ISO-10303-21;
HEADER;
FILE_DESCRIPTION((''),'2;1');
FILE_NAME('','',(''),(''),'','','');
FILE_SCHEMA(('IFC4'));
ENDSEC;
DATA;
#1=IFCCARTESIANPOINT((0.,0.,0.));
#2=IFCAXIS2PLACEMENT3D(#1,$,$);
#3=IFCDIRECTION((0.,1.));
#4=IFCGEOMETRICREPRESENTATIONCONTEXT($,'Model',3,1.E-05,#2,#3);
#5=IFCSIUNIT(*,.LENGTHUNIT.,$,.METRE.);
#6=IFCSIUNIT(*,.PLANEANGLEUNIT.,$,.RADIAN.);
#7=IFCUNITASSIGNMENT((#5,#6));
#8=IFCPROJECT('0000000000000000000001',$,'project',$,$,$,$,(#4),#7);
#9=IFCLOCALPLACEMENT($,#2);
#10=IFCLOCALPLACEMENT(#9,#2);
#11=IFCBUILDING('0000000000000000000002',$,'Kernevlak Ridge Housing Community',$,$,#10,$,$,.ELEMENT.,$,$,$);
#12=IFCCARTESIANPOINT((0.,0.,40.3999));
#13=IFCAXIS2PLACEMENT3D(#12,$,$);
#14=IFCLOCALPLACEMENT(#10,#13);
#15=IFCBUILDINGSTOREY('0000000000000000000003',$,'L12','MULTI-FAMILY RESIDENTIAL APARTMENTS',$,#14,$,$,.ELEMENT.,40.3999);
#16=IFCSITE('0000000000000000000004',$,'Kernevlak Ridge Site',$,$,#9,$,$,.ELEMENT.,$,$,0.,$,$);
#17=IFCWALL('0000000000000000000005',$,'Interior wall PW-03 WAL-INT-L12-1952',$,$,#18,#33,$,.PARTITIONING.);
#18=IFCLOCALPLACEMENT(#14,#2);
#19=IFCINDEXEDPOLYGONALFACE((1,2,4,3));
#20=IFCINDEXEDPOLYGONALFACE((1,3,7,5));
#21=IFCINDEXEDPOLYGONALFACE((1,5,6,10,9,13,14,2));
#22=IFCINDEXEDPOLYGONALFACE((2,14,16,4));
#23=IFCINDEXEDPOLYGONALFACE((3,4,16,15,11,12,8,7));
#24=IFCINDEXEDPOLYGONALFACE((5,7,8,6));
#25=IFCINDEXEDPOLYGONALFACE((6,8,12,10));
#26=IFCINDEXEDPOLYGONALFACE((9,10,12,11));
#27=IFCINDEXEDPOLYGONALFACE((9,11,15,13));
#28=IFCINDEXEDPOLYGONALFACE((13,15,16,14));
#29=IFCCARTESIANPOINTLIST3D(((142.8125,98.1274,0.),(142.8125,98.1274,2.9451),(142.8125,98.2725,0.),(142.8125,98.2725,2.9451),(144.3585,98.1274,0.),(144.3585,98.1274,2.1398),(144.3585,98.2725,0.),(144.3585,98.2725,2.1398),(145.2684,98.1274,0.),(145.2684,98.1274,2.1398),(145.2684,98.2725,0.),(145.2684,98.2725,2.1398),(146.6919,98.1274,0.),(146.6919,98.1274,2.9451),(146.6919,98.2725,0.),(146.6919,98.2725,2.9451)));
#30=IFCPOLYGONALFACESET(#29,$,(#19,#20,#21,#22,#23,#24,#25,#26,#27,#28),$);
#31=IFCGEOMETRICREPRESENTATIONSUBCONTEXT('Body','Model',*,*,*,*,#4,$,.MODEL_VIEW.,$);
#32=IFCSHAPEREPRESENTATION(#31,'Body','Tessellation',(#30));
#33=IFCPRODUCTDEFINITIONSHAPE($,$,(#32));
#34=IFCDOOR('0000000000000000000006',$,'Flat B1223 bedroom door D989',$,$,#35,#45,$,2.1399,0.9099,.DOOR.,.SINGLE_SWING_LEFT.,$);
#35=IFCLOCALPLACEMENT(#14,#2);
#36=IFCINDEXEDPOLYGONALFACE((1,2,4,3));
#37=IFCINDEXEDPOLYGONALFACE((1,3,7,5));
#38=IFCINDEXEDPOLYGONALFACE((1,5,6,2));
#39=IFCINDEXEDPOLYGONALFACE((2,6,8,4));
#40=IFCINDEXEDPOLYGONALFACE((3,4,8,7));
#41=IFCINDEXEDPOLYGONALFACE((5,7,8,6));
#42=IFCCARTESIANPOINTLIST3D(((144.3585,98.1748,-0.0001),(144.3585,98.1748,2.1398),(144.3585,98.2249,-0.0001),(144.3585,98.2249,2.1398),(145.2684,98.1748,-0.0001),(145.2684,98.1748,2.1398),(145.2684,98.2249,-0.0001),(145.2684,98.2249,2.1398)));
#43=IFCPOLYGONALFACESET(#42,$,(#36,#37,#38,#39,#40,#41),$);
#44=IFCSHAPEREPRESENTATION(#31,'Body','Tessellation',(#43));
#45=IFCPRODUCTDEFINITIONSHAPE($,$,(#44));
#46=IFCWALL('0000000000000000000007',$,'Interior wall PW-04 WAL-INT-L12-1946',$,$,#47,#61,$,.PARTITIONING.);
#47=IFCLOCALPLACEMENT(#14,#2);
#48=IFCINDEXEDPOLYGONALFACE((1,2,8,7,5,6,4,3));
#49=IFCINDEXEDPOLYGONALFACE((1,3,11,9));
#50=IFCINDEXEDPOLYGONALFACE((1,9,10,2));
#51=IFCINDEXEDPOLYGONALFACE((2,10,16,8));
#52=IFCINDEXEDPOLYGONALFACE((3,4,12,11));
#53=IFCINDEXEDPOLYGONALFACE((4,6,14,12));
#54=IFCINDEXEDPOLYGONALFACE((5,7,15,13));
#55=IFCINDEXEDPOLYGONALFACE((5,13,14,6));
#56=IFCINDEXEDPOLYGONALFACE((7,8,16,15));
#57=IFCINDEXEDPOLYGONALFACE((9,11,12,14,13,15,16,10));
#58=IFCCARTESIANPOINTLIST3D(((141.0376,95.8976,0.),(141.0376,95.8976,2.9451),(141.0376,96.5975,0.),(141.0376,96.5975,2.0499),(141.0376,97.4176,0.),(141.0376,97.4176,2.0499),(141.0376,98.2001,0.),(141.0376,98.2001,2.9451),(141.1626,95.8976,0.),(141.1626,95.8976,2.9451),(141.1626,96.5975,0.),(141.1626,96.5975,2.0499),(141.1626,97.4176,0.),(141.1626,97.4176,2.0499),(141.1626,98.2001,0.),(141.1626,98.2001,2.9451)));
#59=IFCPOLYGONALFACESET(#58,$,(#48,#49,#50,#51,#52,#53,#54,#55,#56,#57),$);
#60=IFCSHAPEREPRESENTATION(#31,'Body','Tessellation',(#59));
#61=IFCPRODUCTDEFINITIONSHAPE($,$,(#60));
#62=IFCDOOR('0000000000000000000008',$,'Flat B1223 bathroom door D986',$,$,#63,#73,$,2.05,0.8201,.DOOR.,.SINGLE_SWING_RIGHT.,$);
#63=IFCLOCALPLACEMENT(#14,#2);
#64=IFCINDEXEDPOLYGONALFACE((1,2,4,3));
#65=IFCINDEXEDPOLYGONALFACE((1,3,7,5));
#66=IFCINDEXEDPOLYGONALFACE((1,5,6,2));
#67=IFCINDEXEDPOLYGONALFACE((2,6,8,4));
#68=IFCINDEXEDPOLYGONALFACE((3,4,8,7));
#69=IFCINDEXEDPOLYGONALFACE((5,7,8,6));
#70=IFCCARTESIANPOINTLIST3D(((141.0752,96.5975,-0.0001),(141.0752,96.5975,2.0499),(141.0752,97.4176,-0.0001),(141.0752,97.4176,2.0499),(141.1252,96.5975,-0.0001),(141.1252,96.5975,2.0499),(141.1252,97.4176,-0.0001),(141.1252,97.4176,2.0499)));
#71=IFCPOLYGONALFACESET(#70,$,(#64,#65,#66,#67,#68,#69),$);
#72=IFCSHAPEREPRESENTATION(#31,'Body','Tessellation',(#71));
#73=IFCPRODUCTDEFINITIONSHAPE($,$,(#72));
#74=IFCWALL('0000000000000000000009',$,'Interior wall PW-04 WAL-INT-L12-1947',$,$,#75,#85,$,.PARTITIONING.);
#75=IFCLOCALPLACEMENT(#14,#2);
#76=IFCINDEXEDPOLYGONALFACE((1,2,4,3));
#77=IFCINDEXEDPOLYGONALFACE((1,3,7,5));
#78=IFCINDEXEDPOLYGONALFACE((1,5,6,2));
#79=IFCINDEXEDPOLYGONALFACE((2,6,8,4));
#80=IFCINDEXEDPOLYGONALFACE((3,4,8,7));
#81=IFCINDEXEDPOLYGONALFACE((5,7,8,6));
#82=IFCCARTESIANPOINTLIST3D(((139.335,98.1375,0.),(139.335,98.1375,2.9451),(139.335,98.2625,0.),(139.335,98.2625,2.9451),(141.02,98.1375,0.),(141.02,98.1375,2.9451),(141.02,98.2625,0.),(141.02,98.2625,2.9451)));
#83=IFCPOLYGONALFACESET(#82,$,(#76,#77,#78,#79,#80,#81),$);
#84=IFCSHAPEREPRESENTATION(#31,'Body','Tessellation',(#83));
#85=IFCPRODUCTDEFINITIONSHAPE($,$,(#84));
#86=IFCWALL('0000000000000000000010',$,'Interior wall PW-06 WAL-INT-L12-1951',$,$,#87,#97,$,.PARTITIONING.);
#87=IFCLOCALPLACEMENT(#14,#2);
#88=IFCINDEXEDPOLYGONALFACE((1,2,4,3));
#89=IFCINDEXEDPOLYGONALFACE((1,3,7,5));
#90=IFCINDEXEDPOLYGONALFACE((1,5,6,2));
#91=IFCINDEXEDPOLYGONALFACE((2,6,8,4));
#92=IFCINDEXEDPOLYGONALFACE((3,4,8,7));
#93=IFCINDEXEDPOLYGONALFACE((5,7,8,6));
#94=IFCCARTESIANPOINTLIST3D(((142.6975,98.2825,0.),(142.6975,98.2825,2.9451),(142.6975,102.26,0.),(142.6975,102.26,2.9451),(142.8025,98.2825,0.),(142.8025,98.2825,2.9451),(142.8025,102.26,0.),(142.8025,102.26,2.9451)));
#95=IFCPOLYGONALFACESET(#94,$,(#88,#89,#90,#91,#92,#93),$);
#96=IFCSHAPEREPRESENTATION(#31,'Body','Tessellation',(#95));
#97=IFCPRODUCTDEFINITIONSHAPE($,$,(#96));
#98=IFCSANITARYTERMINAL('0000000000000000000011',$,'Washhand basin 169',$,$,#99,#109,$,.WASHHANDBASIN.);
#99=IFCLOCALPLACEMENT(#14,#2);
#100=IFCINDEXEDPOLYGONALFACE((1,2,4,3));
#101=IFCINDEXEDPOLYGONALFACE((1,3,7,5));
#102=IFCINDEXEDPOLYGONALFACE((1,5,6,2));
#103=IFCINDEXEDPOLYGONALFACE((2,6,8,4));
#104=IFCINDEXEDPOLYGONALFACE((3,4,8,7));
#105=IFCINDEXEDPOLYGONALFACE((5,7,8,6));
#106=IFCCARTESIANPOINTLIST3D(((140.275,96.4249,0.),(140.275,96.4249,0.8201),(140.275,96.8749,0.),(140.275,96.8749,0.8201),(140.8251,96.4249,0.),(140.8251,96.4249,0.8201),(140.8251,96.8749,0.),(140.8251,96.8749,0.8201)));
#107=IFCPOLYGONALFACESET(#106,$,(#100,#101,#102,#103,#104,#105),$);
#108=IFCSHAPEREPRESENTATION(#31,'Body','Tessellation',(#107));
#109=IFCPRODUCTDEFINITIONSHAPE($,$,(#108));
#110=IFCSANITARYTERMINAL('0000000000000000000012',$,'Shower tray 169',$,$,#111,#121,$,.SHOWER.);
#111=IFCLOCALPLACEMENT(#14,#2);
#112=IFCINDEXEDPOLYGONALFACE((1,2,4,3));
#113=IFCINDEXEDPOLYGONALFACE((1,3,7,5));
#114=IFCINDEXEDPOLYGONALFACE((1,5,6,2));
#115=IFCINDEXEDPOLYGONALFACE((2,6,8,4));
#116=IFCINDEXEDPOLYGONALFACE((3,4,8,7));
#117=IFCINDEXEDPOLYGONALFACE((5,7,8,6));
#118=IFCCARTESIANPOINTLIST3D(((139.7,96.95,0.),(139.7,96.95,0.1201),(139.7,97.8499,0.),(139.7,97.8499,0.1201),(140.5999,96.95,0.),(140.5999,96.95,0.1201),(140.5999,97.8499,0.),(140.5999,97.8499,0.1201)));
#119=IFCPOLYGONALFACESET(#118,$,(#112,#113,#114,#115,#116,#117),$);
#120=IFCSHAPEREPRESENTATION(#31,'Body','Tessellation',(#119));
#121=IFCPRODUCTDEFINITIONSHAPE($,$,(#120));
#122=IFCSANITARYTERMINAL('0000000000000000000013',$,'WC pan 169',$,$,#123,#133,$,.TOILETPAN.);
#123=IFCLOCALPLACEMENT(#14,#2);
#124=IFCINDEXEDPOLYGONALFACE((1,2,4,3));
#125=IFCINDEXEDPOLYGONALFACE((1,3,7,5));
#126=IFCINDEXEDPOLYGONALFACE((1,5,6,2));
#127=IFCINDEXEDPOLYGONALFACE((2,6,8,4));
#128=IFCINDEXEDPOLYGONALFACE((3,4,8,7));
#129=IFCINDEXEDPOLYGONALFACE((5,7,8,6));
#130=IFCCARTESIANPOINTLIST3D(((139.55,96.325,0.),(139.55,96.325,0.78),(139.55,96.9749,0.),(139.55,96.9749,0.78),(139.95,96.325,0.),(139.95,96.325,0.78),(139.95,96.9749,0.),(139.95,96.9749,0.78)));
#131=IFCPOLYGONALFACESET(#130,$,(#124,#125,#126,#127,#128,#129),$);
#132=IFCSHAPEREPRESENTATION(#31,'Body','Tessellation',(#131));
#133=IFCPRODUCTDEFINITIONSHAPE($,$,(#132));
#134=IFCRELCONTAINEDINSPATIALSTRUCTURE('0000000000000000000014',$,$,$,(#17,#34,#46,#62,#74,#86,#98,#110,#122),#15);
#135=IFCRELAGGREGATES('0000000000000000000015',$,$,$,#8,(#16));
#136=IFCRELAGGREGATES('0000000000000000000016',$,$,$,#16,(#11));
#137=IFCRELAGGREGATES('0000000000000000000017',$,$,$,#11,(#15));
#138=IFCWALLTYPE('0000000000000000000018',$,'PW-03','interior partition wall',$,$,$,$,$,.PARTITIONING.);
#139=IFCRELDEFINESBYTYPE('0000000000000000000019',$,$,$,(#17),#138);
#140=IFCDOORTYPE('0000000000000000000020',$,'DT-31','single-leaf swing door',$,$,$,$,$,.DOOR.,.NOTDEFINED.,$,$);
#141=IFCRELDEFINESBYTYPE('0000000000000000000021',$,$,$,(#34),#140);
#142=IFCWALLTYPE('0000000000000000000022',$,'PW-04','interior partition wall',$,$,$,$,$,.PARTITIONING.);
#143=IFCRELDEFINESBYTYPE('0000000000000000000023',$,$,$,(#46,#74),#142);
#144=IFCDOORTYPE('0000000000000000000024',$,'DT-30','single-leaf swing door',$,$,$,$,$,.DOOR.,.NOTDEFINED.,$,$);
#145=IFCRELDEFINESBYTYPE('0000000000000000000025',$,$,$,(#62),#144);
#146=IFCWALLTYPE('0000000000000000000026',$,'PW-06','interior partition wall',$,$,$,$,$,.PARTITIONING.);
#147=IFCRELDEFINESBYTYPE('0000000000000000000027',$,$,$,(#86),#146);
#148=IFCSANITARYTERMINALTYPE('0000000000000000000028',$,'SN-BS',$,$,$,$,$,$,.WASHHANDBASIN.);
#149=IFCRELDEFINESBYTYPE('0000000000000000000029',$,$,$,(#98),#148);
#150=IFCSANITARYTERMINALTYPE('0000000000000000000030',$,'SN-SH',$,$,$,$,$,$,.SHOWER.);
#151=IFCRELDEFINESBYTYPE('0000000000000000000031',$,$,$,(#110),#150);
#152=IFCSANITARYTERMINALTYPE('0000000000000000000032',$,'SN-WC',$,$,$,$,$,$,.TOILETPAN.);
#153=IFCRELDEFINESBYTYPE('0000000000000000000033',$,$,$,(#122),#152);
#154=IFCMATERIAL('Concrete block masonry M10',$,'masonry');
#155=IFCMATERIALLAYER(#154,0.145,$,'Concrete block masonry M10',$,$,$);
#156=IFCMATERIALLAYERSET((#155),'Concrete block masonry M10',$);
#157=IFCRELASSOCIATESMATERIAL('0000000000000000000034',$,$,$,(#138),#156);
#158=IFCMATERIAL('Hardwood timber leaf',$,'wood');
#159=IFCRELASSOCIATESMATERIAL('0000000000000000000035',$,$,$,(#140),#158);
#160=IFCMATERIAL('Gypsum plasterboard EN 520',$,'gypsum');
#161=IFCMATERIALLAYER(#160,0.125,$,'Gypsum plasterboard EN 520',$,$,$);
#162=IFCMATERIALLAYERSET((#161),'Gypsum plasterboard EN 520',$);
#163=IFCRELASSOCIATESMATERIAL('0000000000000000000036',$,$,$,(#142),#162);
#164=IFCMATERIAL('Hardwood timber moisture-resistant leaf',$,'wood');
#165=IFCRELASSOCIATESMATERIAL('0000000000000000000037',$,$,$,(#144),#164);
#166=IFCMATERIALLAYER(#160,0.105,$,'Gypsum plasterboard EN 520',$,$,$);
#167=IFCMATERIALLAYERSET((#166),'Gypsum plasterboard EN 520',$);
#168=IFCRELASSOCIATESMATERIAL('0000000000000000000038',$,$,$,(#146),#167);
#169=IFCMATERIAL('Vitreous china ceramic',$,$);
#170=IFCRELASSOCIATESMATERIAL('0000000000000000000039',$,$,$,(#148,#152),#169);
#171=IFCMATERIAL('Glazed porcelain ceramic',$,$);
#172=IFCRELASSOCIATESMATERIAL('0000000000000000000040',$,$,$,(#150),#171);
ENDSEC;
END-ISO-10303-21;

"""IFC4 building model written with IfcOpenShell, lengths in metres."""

from ifc_helpers import new_model, si_unit, direction, frame, frame_2d, origin, origin_2d, place, context, subcontext, project, spatial, rectangle, extrude, material, layer, layer_set, type_object, element, fill, save


model = new_model("IFC4")

# Units and contexts
model_context = context("Model", 3, precision=1e-05, world=origin(), true_north=direction((0.0, 1.0)))
body_context = subcontext(model_context, "Body", "Model", "MODEL_VIEW")
ifc_project = project(units=[si_unit("LENGTHUNIT", "METRE"), si_unit("PLANEANGLEUNIT", "RADIAN")], contexts=[model_context])

# Site, building, storey
site_placement = place(None, origin())
site = spatial("IfcSite", under=ifc_project, at=site_placement, Name="Kernevlak Ridge Site", CompositionType="ELEMENT", RefElevation=0.0)
building_placement = place(site_placement, origin())
building = spatial("IfcBuilding", under=site, at=building_placement, Name="Kernevlak Ridge Housing Community", CompositionType="ELEMENT")
storey_placement = place(building_placement, frame((0.0, 0.0, 40.3999)))
storey = spatial("IfcBuildingStorey", under=building, at=storey_placement, Name="L12", Description="MULTI-FAMILY RESIDENTIAL APARTMENTS", CompositionType="ELEMENT", Elevation=40.3999)

# Shared definitions
ifc_material_1 = material(Name="Concrete block masonry M10", Category="masonry")

# Shared definitions
ifc_layer_1 = layer(ifc_material_1, 0.145, Name="Concrete block masonry M10")
ifc_layer_set_1 = layer_set([ifc_layer_1], Name="Concrete block masonry M10")
wall_type_1 = type_object("IfcWallType", Name="PW-03", Description="interior partition wall", PredefinedType="PARTITIONING", material=ifc_layer_set_1)

# Walls, openings, doors
ifc_material_2 = material(Name="Hardwood timber leaf", Category="wood")
wall_1_placement = place(storey_placement, frame((142.8125, 98.2, 0.0), z_axis=(0.0, 0.0, 1.0), x_axis=(1.0, 0.0, 0.0)))
wall_1 = element("IfcWall", 1, at=wall_1_placement, inside=storey, type_object=wall_type_1, Name="Interior wall PW-03 WAL-INT-L12-1952", PredefinedType="PARTITIONING", context=body_context, shape_type="SweptSolid", body=[
    extrude(rectangle(XDim=3.8794, YDim=0.145, at=frame_2d((1.9397, 0.0))), origin(), (0.0, 0.0, 1.0), 2.9451),
])
opening_1_placement = place(wall_1_placement, frame((1.5459, 0.0, 0.0)))
opening_1 = element("IfcOpeningElement", 2, at=opening_1_placement, cuts=wall_1, PredefinedType="OPENING", context=body_context, shape_type="SweptSolid", body=[
    extrude(rectangle(XDim=0.9099, YDim=2.1399, at=frame_2d((0.4551, 1.0698))), frame((0.0, 0.0825, 0.0), z_axis=(0.0, -1.0, 0.0), x_axis=(1.0, 0.0, 0.0)), (0.0, 0.0, 1.0), 0.165),
])
door_type_1 = type_object("IfcDoorType", Name="DT-31", Description="single-leaf swing door", OperationType="NOTDEFINED", PredefinedType="DOOR", material=ifc_material_2)
door_1_placement = place(opening_1_placement, origin())
door_1 = element("IfcDoor", 3, at=door_1_placement, inside=storey, type_object=door_type_1, Name="Flat B1223 bedroom door D989", OperationType="SINGLE_SWING_LEFT", OverallHeight=2.1399, OverallWidth=0.9099, PredefinedType="DOOR", context=body_context, shape_type="SweptSolid", body=[
    extrude(rectangle(XDim=0.9099, YDim=2.1399, at=frame_2d((0.4551, 1.0698))), frame((0.0, 0.0249, 0.0), z_axis=(0.0, -1.0, 0.0), x_axis=(1.0, 0.0, 0.0)), (0.0, 0.0, 1.0), 0.05),
])
fill(opening_1, door_1)
ifc_material_3 = material(Name="Gypsum plasterboard EN 520", Category="gypsum")
ifc_layer_2 = layer(ifc_material_3, 0.125, Name="Gypsum plasterboard EN 520")
ifc_layer_set_2 = layer_set([ifc_layer_2], Name="Gypsum plasterboard EN 520")
wall_type_2 = type_object("IfcWallType", Name="PW-04", Description="interior partition wall", PredefinedType="PARTITIONING", material=ifc_layer_set_2)
wall_2_placement = place(storey_placement, frame((141.1001, 95.8975, 0.0), z_axis=(0.0, 0.0, 1.0), x_axis=(0.0, 1.0, 0.0)))
wall_2 = element("IfcWall", 4, at=wall_2_placement, inside=storey, type_object=wall_type_2, Name="Interior wall PW-04 WAL-INT-L12-1946", PredefinedType="PARTITIONING", context=body_context, shape_type="SweptSolid", body=[
    extrude(rectangle(XDim=2.3025, YDim=0.125, at=frame_2d((1.1514, 0.0))), origin(), (0.0, 0.0, 1.0), 2.9451),
])
opening_2_placement = place(wall_2_placement, frame((0.7, 0.0, 0.0)))
opening_2 = element("IfcOpeningElement", 5, at=opening_2_placement, cuts=wall_2, PredefinedType="OPENING", context=body_context, shape_type="SweptSolid", body=[
    extrude(rectangle(XDim=0.8201, YDim=2.05, at=frame_2d((0.4102, 1.0249))), frame((0.0, 0.0725, 0.0), z_axis=(0.0, -1.0, 0.0), x_axis=(1.0, 0.0, 0.0)), (0.0, 0.0, 1.0), 0.145),
])
ifc_material_4 = material(Name="Hardwood timber moisture-resistant leaf", Category="wood")
door_type_2 = type_object("IfcDoorType", Name="DT-30", Description="single-leaf swing door", OperationType="NOTDEFINED", PredefinedType="DOOR", material=ifc_material_4)
door_2_placement = place(opening_2_placement, origin())
door_2 = element("IfcDoor", 6, at=door_2_placement, inside=storey, type_object=door_type_2, Name="Flat B1223 bathroom door D986", OperationType="SINGLE_SWING_RIGHT", OverallHeight=2.05, OverallWidth=0.8201, PredefinedType="DOOR", context=body_context, shape_type="SweptSolid", body=[
    extrude(rectangle(XDim=0.8201, YDim=2.05, at=frame_2d((0.4102, 1.0249))), frame((0.0, 0.0249, 0.0), z_axis=(0.0, -1.0, 0.0), x_axis=(1.0, 0.0, 0.0)), (0.0, 0.0, 1.0), 0.05),
])
fill(opening_2, door_2)

# Walls
wall_3_placement = place(storey_placement, frame((139.335, 98.2, 0.0), z_axis=(0.0, 0.0, 1.0), x_axis=(1.0, 0.0, 0.0)))
element("IfcWall", 7, at=wall_3_placement, inside=storey, type_object=wall_type_2, Name="Interior wall PW-04 WAL-INT-L12-1947", PredefinedType="PARTITIONING", context=body_context, shape_type="SweptSolid", body=[
    extrude(rectangle(XDim=1.6851, YDim=0.125, at=frame_2d((0.8425, 0.0))), origin(), (0.0, 0.0, 1.0), 2.9451),
])
ifc_layer_3 = layer(ifc_material_3, 0.105, Name="Gypsum plasterboard EN 520")
ifc_layer_set_3 = layer_set([ifc_layer_3], Name="Gypsum plasterboard EN 520")
wall_type_3 = type_object("IfcWallType", Name="PW-06", Description="interior partition wall", PredefinedType="PARTITIONING", material=ifc_layer_set_3)
wall_4_placement = place(storey_placement, frame((142.75, 98.2825, 0.0), z_axis=(0.0, 0.0, 1.0), x_axis=(0.0, 1.0, 0.0)))
element("IfcWall", 8, at=wall_4_placement, inside=storey, type_object=wall_type_3, Name="Interior wall PW-06 WAL-INT-L12-1951", PredefinedType="PARTITIONING", context=body_context, shape_type="SweptSolid", body=[
    extrude(rectangle(XDim=3.9775, YDim=0.105, at=frame_2d((1.9888, 0.0))), origin(), (0.0, 0.0, 1.0), 2.9451),
])

# Sanitary terminals
ifc_material_5 = material(Name="Vitreous china ceramic")
sanitary_terminal_type_1 = type_object("IfcSanitaryTerminalType", Name="SN-BS", PredefinedType="WASHHANDBASIN", material=ifc_material_5)
sanitary_terminal_1_placement = place(storey_placement, frame((140.55, 96.6499, 0.0), z_axis=(0.0, 0.0, 1.0), x_axis=(1.0, 0.0, 0.0)))
element("IfcSanitaryTerminal", 9, at=sanitary_terminal_1_placement, inside=storey, type_object=sanitary_terminal_type_1, Name="Washhand basin 169", PredefinedType="WASHHANDBASIN", context=body_context, shape_type="SweptSolid", body=[
    extrude(rectangle(XDim=0.55, YDim=0.45, at=origin_2d()), origin(), (0.0, 0.0, 1.0), 0.8201),
])
ifc_material_6 = material(Name="Glazed porcelain ceramic")
sanitary_terminal_type_2 = type_object("IfcSanitaryTerminalType", Name="SN-SH", PredefinedType="SHOWER", material=ifc_material_6)
sanitary_terminal_2_placement = place(storey_placement, frame((140.1499, 97.3999, 0.0), z_axis=(0.0, 0.0, 1.0), x_axis=(1.0, 0.0, 0.0)))
element("IfcSanitaryTerminal", 10, at=sanitary_terminal_2_placement, inside=storey, type_object=sanitary_terminal_type_2, Name="Shower tray 169", PredefinedType="SHOWER", context=body_context, shape_type="SweptSolid", body=[
    extrude(rectangle(XDim=0.8999, YDim=0.8999, at=origin_2d()), origin(), (0.0, 0.0, 1.0), 0.1201),
])
sanitary_terminal_type_3 = type_object("IfcSanitaryTerminalType", Name="SN-WC", PredefinedType="TOILETPAN", material=ifc_material_5)
sanitary_terminal_3_placement = place(storey_placement, frame((139.75, 96.6499, 0.0), z_axis=(0.0, 0.0, 1.0), x_axis=(1.0, 0.0, 0.0)))
element("IfcSanitaryTerminal", 11, at=sanitary_terminal_3_placement, inside=storey, type_object=sanitary_terminal_type_3, Name="WC pan 169", PredefinedType="TOILETPAN", context=body_context, shape_type="SweptSolid", body=[
    extrude(rectangle(XDim=0.3999, YDim=0.6499, at=origin_2d()), origin(), (0.0, 0.0, 1.0), 0.78),
])

save(model, "model.ifc")
